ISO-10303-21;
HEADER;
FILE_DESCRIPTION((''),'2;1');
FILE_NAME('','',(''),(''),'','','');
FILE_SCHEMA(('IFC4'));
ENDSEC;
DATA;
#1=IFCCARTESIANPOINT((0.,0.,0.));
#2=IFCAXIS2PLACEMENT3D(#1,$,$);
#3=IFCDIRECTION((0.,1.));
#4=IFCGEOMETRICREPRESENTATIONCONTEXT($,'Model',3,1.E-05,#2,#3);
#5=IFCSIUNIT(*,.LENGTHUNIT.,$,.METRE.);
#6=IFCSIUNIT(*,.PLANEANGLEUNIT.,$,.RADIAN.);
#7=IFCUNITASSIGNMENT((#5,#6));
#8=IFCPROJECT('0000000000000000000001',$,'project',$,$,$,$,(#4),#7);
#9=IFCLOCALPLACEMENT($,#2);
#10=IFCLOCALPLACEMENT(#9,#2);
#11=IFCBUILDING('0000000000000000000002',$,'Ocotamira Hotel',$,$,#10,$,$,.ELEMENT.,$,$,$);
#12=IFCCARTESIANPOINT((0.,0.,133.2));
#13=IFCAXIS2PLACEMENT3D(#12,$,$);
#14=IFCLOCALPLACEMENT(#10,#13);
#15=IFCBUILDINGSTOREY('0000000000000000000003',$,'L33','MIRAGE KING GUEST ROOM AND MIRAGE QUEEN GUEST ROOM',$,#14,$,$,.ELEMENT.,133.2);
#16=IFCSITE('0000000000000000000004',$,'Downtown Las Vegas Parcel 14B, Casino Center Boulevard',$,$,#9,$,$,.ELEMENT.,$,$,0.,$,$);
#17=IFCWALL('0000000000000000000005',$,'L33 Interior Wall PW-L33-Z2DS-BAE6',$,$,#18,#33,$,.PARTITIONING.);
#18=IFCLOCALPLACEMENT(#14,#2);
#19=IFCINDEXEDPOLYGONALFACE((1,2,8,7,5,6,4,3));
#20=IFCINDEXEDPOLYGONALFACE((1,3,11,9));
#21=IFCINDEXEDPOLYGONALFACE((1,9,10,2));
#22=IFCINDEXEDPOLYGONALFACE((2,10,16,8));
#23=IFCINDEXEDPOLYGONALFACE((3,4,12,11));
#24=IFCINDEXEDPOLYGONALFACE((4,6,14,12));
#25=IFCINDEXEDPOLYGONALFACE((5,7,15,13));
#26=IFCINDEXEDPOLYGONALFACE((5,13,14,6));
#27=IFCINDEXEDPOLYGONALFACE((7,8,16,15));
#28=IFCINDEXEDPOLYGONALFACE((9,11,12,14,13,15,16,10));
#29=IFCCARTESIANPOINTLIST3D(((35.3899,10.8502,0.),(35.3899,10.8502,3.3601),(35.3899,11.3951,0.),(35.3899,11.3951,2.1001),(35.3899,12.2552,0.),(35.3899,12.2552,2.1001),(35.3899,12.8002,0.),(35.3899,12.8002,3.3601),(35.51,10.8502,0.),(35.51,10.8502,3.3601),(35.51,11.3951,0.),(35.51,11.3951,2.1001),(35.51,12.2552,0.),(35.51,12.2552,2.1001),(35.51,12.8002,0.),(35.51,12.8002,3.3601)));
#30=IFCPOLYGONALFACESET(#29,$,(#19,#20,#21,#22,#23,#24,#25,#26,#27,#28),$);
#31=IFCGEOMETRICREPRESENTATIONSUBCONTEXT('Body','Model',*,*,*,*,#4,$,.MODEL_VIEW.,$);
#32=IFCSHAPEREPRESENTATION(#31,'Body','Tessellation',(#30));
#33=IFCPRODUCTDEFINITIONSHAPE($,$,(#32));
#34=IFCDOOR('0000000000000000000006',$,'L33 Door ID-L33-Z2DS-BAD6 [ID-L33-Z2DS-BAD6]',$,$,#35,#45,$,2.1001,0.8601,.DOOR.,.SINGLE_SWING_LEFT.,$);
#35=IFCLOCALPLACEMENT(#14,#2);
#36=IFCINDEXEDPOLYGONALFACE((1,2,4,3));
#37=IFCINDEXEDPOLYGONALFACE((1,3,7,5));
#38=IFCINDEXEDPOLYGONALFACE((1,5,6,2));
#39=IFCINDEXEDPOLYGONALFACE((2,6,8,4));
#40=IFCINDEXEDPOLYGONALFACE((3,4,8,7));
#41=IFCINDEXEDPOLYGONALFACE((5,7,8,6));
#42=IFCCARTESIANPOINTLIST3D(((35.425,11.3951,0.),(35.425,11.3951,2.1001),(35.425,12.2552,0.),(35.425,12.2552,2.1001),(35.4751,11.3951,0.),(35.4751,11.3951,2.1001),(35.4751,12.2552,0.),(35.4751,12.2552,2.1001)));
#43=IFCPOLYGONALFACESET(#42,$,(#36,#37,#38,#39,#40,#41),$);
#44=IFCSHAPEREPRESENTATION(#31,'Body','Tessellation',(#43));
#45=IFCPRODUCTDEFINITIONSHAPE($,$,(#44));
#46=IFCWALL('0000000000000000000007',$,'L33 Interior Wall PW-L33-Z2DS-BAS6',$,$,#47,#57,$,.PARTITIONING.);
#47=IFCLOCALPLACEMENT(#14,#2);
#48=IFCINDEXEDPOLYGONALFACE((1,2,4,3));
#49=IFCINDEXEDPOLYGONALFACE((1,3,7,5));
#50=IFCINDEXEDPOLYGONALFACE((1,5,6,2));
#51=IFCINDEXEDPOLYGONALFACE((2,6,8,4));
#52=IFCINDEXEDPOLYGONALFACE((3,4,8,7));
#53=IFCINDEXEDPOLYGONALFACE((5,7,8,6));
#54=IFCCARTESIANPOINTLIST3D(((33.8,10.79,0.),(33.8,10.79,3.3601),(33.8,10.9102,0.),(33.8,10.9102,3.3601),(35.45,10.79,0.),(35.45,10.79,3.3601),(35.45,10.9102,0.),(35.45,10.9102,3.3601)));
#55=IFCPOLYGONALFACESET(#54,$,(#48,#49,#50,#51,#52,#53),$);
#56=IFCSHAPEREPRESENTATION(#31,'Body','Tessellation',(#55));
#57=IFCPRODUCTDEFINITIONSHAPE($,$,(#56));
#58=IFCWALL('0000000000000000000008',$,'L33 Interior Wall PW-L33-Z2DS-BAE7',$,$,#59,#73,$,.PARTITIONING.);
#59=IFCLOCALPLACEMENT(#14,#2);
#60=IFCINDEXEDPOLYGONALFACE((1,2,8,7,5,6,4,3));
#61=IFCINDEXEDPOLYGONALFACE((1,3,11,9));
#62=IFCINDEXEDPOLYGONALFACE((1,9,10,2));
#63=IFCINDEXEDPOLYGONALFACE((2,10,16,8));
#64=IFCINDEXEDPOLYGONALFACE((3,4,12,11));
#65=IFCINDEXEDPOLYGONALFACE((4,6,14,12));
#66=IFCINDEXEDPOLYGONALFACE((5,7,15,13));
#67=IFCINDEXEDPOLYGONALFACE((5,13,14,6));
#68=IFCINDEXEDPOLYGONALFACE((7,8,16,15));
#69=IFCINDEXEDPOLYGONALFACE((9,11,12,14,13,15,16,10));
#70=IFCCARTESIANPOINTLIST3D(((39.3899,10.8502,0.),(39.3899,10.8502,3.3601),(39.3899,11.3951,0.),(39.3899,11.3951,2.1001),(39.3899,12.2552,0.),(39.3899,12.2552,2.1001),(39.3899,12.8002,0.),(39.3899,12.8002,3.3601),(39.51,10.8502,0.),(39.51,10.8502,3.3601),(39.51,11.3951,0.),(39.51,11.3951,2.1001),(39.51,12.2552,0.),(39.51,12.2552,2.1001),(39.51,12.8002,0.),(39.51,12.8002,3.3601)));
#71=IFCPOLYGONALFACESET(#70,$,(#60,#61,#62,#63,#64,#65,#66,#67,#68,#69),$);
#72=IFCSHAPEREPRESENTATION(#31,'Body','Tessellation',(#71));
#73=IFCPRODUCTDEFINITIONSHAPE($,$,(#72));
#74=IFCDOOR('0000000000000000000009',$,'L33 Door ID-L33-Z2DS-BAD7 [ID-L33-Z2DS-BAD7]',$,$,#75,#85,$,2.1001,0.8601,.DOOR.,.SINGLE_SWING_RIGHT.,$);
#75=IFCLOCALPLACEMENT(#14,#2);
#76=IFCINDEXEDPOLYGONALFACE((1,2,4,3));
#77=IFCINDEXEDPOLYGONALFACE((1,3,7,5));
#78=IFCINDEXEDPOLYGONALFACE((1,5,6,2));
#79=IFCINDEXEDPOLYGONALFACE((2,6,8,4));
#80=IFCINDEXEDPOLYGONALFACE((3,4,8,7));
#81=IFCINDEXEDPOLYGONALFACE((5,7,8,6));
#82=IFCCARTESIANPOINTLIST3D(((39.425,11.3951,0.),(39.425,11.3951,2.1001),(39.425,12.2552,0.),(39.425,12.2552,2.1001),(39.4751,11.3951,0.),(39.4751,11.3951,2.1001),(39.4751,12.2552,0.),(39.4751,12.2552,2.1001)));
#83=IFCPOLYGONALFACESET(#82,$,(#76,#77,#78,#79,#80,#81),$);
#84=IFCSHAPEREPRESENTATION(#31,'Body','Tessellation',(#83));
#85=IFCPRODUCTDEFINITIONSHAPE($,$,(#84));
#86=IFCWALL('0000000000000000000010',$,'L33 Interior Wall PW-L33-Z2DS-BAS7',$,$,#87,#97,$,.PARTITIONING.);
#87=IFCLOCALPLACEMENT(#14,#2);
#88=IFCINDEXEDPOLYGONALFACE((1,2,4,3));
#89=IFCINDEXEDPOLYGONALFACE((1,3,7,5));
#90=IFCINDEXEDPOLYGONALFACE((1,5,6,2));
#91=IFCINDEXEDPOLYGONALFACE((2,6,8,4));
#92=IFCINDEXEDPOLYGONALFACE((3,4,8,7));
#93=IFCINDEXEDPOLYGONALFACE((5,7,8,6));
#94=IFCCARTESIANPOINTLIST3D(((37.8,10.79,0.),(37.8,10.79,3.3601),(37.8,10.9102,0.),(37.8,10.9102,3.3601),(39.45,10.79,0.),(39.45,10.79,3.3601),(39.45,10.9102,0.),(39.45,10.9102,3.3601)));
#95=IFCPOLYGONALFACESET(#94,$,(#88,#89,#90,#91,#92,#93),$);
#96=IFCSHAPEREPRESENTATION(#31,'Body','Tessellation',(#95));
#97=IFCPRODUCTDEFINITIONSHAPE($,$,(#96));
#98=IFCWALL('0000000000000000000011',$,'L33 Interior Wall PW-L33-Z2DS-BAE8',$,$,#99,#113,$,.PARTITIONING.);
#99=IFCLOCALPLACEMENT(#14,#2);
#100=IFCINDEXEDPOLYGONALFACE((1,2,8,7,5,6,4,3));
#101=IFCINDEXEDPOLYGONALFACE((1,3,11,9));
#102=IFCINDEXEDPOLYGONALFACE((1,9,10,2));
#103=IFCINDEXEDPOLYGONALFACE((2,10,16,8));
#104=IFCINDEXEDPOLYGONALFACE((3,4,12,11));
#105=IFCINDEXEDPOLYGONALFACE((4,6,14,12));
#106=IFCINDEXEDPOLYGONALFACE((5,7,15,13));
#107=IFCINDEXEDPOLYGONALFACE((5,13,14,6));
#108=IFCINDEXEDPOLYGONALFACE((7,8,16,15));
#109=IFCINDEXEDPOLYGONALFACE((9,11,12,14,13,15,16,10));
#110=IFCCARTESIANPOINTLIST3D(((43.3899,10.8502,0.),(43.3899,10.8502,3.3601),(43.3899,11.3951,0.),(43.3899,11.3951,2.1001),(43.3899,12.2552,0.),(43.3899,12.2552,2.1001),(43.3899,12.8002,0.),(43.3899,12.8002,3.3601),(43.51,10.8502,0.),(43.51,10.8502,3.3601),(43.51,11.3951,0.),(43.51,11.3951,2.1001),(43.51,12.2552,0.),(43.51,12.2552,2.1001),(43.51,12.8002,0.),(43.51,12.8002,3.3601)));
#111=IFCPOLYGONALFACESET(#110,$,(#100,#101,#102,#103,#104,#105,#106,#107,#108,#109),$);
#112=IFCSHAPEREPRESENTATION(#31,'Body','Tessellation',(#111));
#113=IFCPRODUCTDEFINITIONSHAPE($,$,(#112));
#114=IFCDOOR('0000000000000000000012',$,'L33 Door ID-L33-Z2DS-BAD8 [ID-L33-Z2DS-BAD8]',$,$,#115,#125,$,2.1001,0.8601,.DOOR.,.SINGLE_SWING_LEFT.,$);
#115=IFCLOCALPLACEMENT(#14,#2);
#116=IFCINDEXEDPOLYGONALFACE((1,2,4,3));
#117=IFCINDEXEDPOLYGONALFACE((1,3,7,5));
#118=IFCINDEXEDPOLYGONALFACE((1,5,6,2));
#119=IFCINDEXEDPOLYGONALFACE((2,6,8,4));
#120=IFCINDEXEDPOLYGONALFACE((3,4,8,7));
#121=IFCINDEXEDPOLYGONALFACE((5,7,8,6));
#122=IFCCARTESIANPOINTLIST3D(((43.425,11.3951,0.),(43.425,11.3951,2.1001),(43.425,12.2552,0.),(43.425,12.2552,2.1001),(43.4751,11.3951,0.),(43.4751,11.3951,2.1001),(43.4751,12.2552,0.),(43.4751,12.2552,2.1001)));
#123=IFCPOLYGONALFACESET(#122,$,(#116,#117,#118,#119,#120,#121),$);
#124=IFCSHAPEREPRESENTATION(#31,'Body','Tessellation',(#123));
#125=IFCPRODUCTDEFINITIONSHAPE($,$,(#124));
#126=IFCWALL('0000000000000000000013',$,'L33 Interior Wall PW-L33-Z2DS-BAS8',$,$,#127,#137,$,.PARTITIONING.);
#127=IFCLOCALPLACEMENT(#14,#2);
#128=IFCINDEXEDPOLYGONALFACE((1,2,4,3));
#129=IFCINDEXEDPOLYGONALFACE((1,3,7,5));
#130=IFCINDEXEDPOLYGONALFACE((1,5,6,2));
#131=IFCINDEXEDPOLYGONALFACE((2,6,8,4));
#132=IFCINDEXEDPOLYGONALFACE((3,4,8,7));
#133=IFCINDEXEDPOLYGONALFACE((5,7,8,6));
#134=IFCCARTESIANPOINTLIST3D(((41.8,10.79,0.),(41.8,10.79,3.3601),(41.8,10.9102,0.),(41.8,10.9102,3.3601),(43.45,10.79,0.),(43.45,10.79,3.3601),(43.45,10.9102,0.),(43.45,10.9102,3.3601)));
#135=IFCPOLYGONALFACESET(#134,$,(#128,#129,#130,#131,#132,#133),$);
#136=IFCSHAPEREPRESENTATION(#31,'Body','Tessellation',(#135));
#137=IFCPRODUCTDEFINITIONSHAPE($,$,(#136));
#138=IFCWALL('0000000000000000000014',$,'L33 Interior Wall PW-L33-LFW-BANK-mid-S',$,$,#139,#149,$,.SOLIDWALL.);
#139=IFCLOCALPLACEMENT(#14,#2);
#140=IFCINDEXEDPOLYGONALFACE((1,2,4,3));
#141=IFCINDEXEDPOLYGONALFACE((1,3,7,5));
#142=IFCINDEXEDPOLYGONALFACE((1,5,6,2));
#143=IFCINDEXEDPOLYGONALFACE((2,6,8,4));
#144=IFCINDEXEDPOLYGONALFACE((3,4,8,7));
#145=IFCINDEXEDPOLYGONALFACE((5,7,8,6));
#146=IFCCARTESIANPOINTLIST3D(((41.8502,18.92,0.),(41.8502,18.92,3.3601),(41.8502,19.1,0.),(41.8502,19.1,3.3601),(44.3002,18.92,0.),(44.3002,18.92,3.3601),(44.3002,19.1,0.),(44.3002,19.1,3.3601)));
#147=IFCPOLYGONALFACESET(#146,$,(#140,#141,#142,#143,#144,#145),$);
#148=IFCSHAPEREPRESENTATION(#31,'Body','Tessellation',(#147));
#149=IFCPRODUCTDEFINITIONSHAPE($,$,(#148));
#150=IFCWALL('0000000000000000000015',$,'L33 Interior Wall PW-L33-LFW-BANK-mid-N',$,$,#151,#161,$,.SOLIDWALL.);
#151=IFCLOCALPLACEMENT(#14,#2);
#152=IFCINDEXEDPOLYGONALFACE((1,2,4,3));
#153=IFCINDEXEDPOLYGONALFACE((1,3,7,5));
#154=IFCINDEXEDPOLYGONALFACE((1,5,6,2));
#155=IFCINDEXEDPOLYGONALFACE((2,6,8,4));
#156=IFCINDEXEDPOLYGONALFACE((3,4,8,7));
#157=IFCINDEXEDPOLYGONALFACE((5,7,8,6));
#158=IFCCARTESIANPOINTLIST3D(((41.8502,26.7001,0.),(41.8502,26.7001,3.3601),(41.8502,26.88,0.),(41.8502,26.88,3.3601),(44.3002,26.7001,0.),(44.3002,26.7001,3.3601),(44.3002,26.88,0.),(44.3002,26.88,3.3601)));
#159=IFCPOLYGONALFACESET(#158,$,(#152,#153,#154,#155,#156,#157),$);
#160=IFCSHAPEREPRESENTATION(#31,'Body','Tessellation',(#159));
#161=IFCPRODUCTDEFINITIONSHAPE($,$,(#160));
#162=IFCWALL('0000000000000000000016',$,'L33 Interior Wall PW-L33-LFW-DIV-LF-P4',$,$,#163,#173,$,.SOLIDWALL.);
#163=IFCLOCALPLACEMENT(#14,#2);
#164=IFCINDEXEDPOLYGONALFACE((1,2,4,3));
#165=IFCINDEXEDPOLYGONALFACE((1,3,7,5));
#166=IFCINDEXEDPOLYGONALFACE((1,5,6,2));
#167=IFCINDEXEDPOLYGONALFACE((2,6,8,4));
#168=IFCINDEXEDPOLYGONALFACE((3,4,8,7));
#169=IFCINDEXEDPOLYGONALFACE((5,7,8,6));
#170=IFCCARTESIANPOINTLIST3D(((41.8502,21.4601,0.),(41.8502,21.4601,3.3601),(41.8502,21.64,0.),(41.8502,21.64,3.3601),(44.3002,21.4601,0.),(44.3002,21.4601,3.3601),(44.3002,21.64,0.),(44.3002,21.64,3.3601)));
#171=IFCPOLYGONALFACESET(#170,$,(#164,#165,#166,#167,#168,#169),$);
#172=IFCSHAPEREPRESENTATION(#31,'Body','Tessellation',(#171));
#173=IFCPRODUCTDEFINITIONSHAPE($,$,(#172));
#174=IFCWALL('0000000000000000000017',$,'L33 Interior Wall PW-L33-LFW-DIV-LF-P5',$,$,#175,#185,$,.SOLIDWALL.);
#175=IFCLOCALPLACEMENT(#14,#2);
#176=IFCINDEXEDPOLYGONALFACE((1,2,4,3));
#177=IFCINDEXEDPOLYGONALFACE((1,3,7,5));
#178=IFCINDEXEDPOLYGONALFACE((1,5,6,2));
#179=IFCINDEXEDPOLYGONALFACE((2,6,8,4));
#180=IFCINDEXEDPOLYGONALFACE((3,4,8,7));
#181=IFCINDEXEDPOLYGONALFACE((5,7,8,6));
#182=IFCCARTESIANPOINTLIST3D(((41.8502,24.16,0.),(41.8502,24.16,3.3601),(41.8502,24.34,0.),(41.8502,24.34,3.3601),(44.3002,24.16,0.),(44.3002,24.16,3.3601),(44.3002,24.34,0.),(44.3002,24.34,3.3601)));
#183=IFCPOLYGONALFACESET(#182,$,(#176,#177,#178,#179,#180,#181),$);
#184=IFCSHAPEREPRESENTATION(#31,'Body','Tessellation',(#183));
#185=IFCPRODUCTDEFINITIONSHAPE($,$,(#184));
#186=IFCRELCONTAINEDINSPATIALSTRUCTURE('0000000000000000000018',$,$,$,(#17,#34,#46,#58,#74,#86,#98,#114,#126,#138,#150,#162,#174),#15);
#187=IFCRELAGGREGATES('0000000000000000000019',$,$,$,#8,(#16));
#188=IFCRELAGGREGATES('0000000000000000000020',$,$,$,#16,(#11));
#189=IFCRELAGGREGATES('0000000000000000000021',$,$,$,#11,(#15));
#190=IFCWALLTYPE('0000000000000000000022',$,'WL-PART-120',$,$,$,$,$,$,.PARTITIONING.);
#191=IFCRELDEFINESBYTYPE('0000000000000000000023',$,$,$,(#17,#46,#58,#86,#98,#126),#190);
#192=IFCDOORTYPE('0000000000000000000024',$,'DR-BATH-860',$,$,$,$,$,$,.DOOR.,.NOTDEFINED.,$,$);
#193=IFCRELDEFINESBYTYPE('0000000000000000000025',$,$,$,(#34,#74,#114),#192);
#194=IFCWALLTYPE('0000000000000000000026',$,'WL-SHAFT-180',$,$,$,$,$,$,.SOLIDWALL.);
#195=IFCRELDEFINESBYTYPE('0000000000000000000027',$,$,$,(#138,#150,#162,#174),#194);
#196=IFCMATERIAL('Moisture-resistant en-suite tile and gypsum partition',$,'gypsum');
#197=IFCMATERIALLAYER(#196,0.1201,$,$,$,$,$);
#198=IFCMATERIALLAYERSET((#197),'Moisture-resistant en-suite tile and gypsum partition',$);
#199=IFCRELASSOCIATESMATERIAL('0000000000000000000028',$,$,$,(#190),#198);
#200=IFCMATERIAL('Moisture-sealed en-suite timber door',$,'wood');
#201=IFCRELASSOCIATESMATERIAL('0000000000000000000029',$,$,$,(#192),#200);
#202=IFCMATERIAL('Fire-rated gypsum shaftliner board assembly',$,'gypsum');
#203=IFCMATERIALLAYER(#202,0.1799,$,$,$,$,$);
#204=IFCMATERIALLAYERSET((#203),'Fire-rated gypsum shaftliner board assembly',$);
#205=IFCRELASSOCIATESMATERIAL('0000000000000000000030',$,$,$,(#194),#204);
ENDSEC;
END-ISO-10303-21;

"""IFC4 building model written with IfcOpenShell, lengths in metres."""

from ifc_helpers import new_model, si_unit, direction, frame, frame_2d, origin, place, context, subcontext, project, spatial, rectangle, extrude, source, transform, mapped, material, layer, layer_set, type_object, element, fill, save


model = new_model("IFC4")

# Units and contexts
model_context = context("Model", 3, precision=1e-05, world=origin(), true_north=direction((0.0, 1.0)))
body_context = subcontext(model_context, "Body", "Model", "MODEL_VIEW")
ifc_project = project(units=[si_unit("LENGTHUNIT", "METRE"), si_unit("PLANEANGLEUNIT", "RADIAN")], contexts=[model_context])

# Site, building, storey
site_placement = place(None, origin())
site = spatial("IfcSite", under=ifc_project, at=site_placement, Name="Downtown Las Vegas Parcel 14B, Casino Center Boulevard", CompositionType="ELEMENT", RefElevation=0.0)
building_placement = place(site_placement, origin())
building = spatial("IfcBuilding", under=site, at=building_placement, Name="Ocotamira Hotel", CompositionType="ELEMENT")
storey_placement = place(building_placement, frame((0.0, 0.0, 133.2)))
storey = spatial("IfcBuildingStorey", under=building, at=storey_placement, Name="L33", Description="MIRAGE KING GUEST ROOM AND MIRAGE QUEEN GUEST ROOM", CompositionType="ELEMENT", Elevation=133.2)

# Wall, opening, door
ifc_material_1 = material(Name="Moisture-resistant en-suite tile and gypsum partition", Category="gypsum")
ifc_layer_1 = layer(ifc_material_1, 0.1201)
ifc_layer_set_1 = layer_set([ifc_layer_1], Name="Moisture-resistant en-suite tile and gypsum partition")
wall_type_1 = type_object("IfcWallType", Name="WL-PART-120", PredefinedType="PARTITIONING", material=ifc_layer_set_1)
wall_1_placement = place(storey_placement, frame((35.45, 10.8501, 0.0), z_axis=(0.0, 0.0, 1.0), x_axis=(0.0, 1.0, 0.0)))
wall_1 = element("IfcWall", 1, at=wall_1_placement, inside=storey, type_object=wall_type_1, Name="L33 Interior Wall PW-L33-Z2DS-BAE6", PredefinedType="PARTITIONING", context=body_context, shape_type="SweptSolid", body=[
    extrude(rectangle(XDim=1.95, YDim=0.1201, at=frame_2d((0.9751, 0.0))), origin(), (0.0, 0.0, 1.0), 3.3601),
])
opening_1_placement = place(wall_1_placement, frame((0.5449, 0.0, 0.0)))
opening_1 = element("IfcOpeningElement", 2, at=opening_1_placement, cuts=wall_1, PredefinedType="OPENING", context=body_context, shape_type="SweptSolid", body=[
    extrude(rectangle(XDim=0.8601, YDim=2.1001, at=frame_2d((0.4302, 1.05))), frame((0.0, 0.0701, 0.0), z_axis=(0.0, -1.0, 0.0), x_axis=(1.0, 0.0, 0.0)), (0.0, 0.0, 1.0), 0.1401),
])
ifc_material_2 = material(Name="Moisture-sealed en-suite timber door", Category="wood")
door_type_1 = type_object("IfcDoorType", Name="DR-BATH-860", OperationType="NOTDEFINED", PredefinedType="DOOR", material=ifc_material_2)
shared_shape_1 = source(origin(), body_context, "Body", "SweptSolid", [
    extrude(rectangle(XDim=0.8601, YDim=2.1001, at=frame_2d((0.4302, 1.05))), frame((0.0, 0.0249, 0.0), z_axis=(0.0, -1.0, 0.0), x_axis=(1.0, 0.0, 0.0)), (0.0, 0.0, 1.0), 0.05),
])
door_1_placement = place(opening_1_placement, origin())
door_1 = element("IfcDoor", 3, at=door_1_placement, inside=storey, type_object=door_type_1, Name="L33 Door ID-L33-Z2DS-BAD6 [ID-L33-Z2DS-BAD6]", OperationType="SINGLE_SWING_LEFT", OverallHeight=2.1001, OverallWidth=0.8601, PredefinedType="DOOR", context=body_context, shape_type="MappedRepresentation", body=[
    mapped(shared_shape_1, transform((0.0, 0.0, 0.0), scale=1.0)),
])
fill(opening_1, door_1)

# Wall
wall_2_placement = place(storey_placement, frame((33.8, 10.8501, 0.0), z_axis=(0.0, 0.0, 1.0), x_axis=(1.0, 0.0, 0.0)))
element("IfcWall", 4, at=wall_2_placement, inside=storey, type_object=wall_type_1, Name="L33 Interior Wall PW-L33-Z2DS-BAS6", PredefinedType="PARTITIONING", context=body_context, shape_type="SweptSolid", body=[
    extrude(rectangle(XDim=1.6499, YDim=0.1201, at=frame_2d((0.825, 0.0))), origin(), (0.0, 0.0, 1.0), 3.3601),
])

# Wall, opening, door
wall_3_placement = place(storey_placement, frame((39.45, 10.8501, 0.0), z_axis=(0.0, 0.0, 1.0), x_axis=(0.0, 1.0, 0.0)))
wall_3 = element("IfcWall", 5, at=wall_3_placement, inside=storey, type_object=wall_type_1, Name="L33 Interior Wall PW-L33-Z2DS-BAE7", PredefinedType="PARTITIONING", context=body_context, shape_type="SweptSolid", body=[
    extrude(rectangle(XDim=1.95, YDim=0.1201, at=frame_2d((0.9751, 0.0))), origin(), (0.0, 0.0, 1.0), 3.3601),
])
opening_2_placement = place(wall_3_placement, frame((0.5449, 0.0, 0.0)))
opening_2 = element("IfcOpeningElement", 6, at=opening_2_placement, cuts=wall_3, PredefinedType="OPENING", context=body_context, shape_type="SweptSolid", body=[
    extrude(rectangle(XDim=0.8601, YDim=2.1001, at=frame_2d((0.4302, 1.05))), frame((0.0, 0.0701, 0.0), z_axis=(0.0, -1.0, 0.0), x_axis=(1.0, 0.0, 0.0)), (0.0, 0.0, 1.0), 0.1401),
])
door_2_placement = place(opening_2_placement, origin())
door_2 = element("IfcDoor", 7, at=door_2_placement, inside=storey, type_object=door_type_1, Name="L33 Door ID-L33-Z2DS-BAD7 [ID-L33-Z2DS-BAD7]", OperationType="SINGLE_SWING_RIGHT", OverallHeight=2.1001, OverallWidth=0.8601, PredefinedType="DOOR", context=body_context, shape_type="MappedRepresentation", body=[
    mapped(shared_shape_1, transform((0.0, 0.0, 0.0), scale=1.0)),
])
fill(opening_2, door_2)

# Wall
wall_4_placement = place(storey_placement, frame((37.8, 10.8501, 0.0), z_axis=(0.0, 0.0, 1.0), x_axis=(1.0, 0.0, 0.0)))
element("IfcWall", 8, at=wall_4_placement, inside=storey, type_object=wall_type_1, Name="L33 Interior Wall PW-L33-Z2DS-BAS7", PredefinedType="PARTITIONING", context=body_context, shape_type="SweptSolid", body=[
    extrude(rectangle(XDim=1.6499, YDim=0.1201, at=frame_2d((0.825, 0.0))), origin(), (0.0, 0.0, 1.0), 3.3601),
])

# Wall, opening, door
wall_5_placement = place(storey_placement, frame((43.45, 10.8501, 0.0), z_axis=(0.0, 0.0, 1.0), x_axis=(0.0, 1.0, 0.0)))
wall_5 = element("IfcWall", 9, at=wall_5_placement, inside=storey, type_object=wall_type_1, Name="L33 Interior Wall PW-L33-Z2DS-BAE8", PredefinedType="PARTITIONING", context=body_context, shape_type="SweptSolid", body=[
    extrude(rectangle(XDim=1.95, YDim=0.1201, at=frame_2d((0.9751, 0.0))), origin(), (0.0, 0.0, 1.0), 3.3601),
])
opening_3_placement = place(wall_5_placement, frame((0.5449, 0.0, 0.0)))
opening_3 = element("IfcOpeningElement", 10, at=opening_3_placement, cuts=wall_5, PredefinedType="OPENING", context=body_context, shape_type="SweptSolid", body=[
    extrude(rectangle(XDim=0.8601, YDim=2.1001, at=frame_2d((0.4302, 1.05))), frame((0.0, 0.0701, 0.0), z_axis=(0.0, -1.0, 0.0), x_axis=(1.0, 0.0, 0.0)), (0.0, 0.0, 1.0), 0.1401),
])
door_3_placement = place(opening_3_placement, origin())
door_3 = element("IfcDoor", 11, at=door_3_placement, inside=storey, type_object=door_type_1, Name="L33 Door ID-L33-Z2DS-BAD8 [ID-L33-Z2DS-BAD8]", OperationType="SINGLE_SWING_LEFT", OverallHeight=2.1001, OverallWidth=0.8601, PredefinedType="DOOR", context=body_context, shape_type="MappedRepresentation", body=[
    mapped(shared_shape_1, transform((0.0, 0.0, 0.0), scale=1.0)),
])
fill(opening_3, door_3)

# Walls
wall_6_placement = place(storey_placement, frame((41.8, 10.8501, 0.0), z_axis=(0.0, 0.0, 1.0), x_axis=(1.0, 0.0, 0.0)))
element("IfcWall", 12, at=wall_6_placement, inside=storey, type_object=wall_type_1, Name="L33 Interior Wall PW-L33-Z2DS-BAS8", PredefinedType="PARTITIONING", context=body_context, shape_type="SweptSolid", body=[
    extrude(rectangle(XDim=1.6499, YDim=0.1201, at=frame_2d((0.825, 0.0))), origin(), (0.0, 0.0, 1.0), 3.3601),
])
ifc_material_3 = material(Name="Fire-rated gypsum shaftliner board assembly", Category="gypsum")
ifc_layer_2 = layer(ifc_material_3, 0.1799)
ifc_layer_set_2 = layer_set([ifc_layer_2], Name="Fire-rated gypsum shaftliner board assembly")
wall_type_2 = type_object("IfcWallType", Name="WL-SHAFT-180", PredefinedType="SOLIDWALL", material=ifc_layer_set_2)
for number, where, z_axis, x_axis, name in (
    (13, (41.8501, 19.01, 0.0), (0.0, 0.0, 1.0), (1.0, 0.0, 0.0), "L33 Interior Wall PW-L33-LFW-BANK-mid-S"),
    (14, (41.8501, 26.79, 0.0), (0.0, 0.0, 1.0), (1.0, 0.0, 0.0), "L33 Interior Wall PW-L33-LFW-BANK-mid-N"),
    (15, (41.8501, 21.55, 0.0), (0.0, 0.0, 1.0), (1.0, 0.0, 0.0), "L33 Interior Wall PW-L33-LFW-DIV-LF-P4"),
    (16, (41.8501, 24.25, 0.0), (0.0, 0.0, 1.0), (1.0, 0.0, 0.0), "L33 Interior Wall PW-L33-LFW-DIV-LF-P5"),
):
    element("IfcWall", number, at=place(storey_placement, frame(where, z_axis=z_axis, x_axis=x_axis)), inside=storey, type_object=wall_type_2, Name=name, PredefinedType="SOLIDWALL", context=body_context, shape_type="SweptSolid", body=[
        extrude(rectangle(XDim=2.45, YDim=0.1799, at=frame_2d((1.2251, 0.0))), origin(), (0.0, 0.0, 1.0), 3.3601),
    ])

save(model, "model.ifc")
